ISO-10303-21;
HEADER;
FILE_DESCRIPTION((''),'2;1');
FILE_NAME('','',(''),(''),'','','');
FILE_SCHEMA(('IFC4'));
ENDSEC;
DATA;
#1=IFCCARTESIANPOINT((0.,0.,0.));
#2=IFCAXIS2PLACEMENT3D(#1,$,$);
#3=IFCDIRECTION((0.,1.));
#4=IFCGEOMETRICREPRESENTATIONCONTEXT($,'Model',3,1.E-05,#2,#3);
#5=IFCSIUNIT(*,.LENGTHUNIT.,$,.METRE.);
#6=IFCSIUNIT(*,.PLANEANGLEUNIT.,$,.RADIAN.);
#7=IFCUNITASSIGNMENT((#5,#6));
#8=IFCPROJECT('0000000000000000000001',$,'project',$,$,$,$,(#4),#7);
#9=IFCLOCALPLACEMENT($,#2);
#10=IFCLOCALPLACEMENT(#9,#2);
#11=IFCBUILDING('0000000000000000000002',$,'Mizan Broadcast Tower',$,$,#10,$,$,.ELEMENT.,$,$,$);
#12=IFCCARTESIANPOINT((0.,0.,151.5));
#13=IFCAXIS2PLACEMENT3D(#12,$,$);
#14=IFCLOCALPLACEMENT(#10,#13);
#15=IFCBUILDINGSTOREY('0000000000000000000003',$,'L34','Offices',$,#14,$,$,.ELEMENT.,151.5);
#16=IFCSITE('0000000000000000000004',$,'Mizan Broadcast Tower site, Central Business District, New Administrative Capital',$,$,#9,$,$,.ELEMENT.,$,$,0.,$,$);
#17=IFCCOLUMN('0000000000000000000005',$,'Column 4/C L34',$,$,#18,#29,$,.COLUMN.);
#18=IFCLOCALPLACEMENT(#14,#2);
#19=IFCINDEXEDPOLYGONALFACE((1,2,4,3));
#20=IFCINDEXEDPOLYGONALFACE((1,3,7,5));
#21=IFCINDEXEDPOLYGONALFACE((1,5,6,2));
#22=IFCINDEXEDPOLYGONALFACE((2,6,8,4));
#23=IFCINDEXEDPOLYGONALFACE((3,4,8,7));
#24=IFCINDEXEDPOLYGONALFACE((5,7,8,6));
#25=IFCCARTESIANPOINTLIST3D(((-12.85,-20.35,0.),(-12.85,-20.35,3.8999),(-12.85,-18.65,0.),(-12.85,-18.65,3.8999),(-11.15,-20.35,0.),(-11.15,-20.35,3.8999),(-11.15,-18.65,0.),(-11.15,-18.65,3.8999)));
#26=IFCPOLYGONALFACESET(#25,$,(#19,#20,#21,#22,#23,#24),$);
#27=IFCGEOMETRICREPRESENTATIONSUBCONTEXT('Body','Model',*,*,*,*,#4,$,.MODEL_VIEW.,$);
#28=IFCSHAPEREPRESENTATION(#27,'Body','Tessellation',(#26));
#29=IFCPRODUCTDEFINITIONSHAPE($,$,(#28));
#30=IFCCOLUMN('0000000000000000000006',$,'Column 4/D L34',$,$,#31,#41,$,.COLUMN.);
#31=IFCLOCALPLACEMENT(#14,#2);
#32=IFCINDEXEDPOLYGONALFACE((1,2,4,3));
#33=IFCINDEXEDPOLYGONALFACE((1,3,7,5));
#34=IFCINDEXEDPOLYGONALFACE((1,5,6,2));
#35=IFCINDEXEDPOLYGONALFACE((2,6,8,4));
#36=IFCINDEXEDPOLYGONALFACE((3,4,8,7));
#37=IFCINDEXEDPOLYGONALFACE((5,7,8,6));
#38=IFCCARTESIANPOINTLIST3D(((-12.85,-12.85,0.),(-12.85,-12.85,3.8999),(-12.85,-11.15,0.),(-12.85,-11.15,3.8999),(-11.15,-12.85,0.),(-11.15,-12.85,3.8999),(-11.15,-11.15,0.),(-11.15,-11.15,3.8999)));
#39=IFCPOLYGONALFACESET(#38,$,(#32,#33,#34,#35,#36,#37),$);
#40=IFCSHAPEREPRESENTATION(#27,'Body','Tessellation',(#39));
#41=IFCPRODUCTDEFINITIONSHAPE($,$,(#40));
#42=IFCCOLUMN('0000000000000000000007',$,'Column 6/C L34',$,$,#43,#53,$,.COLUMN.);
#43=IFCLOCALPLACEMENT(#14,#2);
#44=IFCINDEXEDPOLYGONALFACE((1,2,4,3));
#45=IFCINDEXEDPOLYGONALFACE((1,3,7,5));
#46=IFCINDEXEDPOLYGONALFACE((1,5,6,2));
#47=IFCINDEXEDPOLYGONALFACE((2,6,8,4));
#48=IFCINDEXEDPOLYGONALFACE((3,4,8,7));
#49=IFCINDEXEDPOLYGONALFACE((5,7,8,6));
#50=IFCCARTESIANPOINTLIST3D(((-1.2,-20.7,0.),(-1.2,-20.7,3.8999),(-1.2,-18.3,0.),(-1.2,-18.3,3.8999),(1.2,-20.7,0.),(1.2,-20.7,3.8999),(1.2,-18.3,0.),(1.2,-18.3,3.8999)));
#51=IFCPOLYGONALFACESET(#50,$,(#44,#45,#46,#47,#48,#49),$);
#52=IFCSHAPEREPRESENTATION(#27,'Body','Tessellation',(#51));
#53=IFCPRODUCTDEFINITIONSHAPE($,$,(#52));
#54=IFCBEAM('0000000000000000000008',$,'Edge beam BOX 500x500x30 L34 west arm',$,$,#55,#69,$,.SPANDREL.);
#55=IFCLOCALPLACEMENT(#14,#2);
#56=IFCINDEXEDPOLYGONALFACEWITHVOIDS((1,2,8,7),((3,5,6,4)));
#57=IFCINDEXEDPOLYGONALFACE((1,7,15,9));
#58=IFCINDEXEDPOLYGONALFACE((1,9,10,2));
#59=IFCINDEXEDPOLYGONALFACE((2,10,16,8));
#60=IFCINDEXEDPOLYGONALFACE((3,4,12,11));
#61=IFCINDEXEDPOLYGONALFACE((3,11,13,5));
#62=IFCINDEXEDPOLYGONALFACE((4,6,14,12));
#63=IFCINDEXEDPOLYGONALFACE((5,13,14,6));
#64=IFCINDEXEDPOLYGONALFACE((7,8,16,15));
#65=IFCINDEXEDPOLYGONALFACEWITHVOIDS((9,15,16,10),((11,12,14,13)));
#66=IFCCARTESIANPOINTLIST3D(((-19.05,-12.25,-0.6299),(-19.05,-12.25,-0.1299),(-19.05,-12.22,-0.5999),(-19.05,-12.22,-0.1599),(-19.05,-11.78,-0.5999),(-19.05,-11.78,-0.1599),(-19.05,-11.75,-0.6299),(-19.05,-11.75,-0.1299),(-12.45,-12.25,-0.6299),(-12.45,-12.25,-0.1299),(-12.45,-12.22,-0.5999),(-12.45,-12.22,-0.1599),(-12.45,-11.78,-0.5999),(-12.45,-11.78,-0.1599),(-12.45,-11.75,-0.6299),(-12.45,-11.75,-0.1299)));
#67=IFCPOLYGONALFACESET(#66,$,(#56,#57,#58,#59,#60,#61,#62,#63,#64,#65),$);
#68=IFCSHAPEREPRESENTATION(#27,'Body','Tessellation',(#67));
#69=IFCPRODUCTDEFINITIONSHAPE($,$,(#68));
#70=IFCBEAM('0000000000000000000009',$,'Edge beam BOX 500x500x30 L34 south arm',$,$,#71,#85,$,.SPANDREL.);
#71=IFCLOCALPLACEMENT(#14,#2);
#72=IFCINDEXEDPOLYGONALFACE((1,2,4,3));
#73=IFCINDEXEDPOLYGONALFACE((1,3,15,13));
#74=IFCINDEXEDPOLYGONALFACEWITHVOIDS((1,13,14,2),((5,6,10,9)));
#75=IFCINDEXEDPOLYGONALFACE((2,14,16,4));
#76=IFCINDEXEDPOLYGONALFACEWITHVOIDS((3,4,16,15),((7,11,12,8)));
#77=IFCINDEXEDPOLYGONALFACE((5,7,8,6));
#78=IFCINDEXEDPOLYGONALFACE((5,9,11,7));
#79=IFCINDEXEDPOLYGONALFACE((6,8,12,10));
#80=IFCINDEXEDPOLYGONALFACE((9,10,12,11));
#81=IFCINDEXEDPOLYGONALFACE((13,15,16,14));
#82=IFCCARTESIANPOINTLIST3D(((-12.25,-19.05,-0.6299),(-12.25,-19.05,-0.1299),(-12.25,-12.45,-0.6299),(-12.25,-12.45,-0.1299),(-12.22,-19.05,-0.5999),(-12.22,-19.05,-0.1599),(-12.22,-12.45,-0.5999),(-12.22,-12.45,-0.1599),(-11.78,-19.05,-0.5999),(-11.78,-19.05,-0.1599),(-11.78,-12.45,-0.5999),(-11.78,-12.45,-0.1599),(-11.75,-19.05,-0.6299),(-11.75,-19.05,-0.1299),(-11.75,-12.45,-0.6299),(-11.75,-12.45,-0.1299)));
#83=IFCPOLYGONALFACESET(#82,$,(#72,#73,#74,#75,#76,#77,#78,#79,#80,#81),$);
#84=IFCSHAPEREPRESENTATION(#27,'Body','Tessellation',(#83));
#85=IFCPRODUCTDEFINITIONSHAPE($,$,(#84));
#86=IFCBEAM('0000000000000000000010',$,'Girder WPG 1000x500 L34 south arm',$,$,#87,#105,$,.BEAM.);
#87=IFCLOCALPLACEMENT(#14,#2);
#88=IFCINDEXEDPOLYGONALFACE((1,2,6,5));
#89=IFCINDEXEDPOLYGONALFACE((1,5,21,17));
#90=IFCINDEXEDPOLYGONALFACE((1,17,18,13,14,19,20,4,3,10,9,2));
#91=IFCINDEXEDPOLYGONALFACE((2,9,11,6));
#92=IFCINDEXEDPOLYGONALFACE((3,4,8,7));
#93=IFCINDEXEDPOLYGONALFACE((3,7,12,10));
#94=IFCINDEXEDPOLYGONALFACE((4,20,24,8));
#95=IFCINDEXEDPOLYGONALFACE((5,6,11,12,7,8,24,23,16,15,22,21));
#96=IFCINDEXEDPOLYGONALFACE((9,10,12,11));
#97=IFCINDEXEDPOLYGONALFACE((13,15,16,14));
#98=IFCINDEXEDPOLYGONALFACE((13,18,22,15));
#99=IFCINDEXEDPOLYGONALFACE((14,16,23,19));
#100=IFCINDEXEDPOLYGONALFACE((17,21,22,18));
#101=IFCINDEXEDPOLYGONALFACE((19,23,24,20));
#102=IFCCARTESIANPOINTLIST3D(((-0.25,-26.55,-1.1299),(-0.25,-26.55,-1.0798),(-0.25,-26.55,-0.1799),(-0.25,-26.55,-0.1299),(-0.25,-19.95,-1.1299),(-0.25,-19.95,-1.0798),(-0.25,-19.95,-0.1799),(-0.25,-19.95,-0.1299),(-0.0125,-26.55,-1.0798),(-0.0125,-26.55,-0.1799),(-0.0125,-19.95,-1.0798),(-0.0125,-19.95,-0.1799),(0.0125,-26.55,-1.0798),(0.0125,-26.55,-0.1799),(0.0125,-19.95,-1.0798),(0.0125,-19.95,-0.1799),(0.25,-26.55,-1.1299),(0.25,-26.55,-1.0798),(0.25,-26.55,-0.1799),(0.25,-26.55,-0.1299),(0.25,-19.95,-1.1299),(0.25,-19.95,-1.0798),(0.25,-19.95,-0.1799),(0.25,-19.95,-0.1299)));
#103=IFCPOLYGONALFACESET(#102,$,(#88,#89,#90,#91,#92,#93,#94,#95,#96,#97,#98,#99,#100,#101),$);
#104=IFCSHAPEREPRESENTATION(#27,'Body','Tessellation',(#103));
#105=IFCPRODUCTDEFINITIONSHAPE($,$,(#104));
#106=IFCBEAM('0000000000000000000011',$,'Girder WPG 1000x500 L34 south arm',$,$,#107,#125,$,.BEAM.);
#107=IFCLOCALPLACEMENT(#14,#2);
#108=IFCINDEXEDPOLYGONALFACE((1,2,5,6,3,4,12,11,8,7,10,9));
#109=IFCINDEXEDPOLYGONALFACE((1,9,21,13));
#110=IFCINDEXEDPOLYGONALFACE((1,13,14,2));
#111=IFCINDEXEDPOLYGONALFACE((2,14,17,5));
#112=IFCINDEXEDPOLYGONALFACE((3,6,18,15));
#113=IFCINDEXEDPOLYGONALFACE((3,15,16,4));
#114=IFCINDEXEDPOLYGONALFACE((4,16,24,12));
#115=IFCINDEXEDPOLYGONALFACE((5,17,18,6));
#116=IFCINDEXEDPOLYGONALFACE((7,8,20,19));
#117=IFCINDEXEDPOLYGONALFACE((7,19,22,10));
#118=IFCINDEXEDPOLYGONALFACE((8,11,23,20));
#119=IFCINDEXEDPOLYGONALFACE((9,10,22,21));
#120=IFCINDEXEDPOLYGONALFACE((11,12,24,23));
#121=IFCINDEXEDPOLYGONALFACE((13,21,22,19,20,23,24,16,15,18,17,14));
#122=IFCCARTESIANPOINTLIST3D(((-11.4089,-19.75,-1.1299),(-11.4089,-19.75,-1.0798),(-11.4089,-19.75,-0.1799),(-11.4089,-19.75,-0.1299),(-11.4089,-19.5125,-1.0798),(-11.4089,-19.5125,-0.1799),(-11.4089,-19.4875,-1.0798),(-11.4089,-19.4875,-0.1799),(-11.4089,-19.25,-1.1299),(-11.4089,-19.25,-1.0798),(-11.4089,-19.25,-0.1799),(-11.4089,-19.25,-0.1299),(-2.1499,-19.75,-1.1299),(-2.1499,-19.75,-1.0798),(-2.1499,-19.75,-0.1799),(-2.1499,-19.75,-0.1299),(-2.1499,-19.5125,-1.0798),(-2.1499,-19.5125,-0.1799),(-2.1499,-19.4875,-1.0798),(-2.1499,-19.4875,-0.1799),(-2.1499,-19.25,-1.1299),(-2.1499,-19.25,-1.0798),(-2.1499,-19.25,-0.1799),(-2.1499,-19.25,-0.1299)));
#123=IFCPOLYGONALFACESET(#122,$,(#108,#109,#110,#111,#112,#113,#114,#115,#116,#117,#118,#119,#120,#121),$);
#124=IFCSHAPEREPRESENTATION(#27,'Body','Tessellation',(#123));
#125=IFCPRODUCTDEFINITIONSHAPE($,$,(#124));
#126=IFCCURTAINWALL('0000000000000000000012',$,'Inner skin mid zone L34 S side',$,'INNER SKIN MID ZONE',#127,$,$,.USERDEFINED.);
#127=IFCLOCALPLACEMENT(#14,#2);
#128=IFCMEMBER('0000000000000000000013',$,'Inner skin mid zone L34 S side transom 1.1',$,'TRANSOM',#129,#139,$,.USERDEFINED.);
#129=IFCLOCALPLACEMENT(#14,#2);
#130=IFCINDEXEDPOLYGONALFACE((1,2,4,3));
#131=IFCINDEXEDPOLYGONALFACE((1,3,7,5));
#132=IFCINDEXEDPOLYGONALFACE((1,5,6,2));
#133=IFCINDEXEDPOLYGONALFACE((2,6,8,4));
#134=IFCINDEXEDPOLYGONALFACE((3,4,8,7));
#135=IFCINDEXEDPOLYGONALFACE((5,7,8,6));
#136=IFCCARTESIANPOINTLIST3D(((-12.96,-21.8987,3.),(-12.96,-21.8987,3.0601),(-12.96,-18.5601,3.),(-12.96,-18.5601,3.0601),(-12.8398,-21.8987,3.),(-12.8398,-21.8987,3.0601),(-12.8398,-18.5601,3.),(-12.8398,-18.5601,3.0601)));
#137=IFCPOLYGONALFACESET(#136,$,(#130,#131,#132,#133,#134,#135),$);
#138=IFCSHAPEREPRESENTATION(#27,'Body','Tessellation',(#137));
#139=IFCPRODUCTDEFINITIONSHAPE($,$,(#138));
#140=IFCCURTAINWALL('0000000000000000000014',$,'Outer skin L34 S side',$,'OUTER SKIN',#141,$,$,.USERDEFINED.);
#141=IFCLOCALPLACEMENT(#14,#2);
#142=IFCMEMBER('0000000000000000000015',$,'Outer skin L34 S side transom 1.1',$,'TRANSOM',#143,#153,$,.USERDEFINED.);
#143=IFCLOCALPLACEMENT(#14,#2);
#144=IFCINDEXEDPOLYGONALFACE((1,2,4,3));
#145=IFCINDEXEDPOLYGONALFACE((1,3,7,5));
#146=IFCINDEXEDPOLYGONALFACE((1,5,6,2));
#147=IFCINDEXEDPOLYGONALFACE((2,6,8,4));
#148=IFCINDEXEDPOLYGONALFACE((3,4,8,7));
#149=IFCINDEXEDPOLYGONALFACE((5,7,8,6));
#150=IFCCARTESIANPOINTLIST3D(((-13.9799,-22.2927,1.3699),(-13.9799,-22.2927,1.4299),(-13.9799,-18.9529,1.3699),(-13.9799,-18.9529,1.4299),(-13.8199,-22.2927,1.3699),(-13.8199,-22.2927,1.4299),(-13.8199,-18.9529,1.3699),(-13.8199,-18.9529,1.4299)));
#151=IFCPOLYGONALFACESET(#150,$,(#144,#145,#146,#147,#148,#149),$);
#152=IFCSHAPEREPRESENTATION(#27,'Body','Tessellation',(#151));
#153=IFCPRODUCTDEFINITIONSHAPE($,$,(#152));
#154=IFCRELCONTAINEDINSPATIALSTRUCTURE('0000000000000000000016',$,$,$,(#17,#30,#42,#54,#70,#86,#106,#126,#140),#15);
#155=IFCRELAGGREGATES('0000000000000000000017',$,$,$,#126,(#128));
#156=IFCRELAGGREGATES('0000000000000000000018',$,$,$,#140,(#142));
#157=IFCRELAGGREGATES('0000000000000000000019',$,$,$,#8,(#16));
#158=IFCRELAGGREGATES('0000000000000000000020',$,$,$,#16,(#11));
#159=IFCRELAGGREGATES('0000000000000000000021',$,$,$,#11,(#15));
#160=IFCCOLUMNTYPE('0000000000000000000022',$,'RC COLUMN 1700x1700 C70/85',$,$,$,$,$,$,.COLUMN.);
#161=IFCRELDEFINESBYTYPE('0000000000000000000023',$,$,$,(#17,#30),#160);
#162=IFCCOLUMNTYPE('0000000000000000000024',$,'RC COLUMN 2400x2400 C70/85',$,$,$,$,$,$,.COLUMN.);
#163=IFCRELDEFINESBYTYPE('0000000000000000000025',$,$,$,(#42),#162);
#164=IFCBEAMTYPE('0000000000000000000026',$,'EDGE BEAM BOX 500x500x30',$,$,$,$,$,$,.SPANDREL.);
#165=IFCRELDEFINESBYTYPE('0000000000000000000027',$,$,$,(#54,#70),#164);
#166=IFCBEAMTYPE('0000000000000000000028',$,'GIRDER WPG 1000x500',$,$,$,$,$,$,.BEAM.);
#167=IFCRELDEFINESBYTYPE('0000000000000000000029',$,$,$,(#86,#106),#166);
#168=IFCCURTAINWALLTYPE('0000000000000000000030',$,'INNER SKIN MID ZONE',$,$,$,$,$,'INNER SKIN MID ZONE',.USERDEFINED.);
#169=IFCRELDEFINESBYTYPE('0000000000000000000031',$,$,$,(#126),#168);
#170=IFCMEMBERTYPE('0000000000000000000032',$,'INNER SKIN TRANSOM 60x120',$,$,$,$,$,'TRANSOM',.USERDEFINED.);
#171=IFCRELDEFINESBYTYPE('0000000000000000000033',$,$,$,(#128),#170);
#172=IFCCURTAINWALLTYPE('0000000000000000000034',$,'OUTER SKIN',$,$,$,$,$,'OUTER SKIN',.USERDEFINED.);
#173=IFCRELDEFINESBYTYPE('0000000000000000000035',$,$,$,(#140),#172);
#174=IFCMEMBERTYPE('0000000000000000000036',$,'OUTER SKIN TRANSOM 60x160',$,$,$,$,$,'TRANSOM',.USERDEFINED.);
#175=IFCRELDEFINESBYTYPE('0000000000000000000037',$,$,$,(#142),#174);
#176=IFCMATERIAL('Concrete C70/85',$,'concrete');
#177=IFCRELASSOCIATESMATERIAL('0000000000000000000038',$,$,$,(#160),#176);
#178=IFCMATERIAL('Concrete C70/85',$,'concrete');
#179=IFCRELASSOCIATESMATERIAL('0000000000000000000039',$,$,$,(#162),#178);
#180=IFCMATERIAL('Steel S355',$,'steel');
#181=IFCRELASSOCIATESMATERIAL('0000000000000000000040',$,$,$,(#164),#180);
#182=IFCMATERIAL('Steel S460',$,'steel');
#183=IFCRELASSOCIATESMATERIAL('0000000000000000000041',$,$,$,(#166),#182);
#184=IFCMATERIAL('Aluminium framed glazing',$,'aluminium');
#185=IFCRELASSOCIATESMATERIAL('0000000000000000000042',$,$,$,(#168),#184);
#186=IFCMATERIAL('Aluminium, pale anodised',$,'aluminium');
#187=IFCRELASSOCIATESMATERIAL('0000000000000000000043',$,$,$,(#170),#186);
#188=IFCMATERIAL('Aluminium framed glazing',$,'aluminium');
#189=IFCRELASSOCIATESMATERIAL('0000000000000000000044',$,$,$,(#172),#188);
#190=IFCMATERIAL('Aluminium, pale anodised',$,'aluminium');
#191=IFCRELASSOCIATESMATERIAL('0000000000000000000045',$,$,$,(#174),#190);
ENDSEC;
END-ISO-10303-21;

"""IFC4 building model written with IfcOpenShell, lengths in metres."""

from ifc_helpers import new_model, si_unit, direction, frame, origin, origin_2d, place, context, subcontext, project, spatial, rectangle, hollow_rectangle, i_section, extrude, material, material_profile, profile_set, type_object, element, aggregate, save


model = new_model("IFC4")

# Units and contexts
model_context = context("Model", 3, precision=1e-05, world=origin(), true_north=direction((0.0, 1.0)))
body_context = subcontext(model_context, "Body", "Model", "MODEL_VIEW")
ifc_project = project(units=[si_unit("LENGTHUNIT", "METRE"), si_unit("PLANEANGLEUNIT", "RADIAN")], contexts=[model_context])

# Site, building, storey
site_placement = place(None, origin())
site = spatial("IfcSite", under=ifc_project, at=site_placement, Name="Mizan Broadcast Tower site, Central Business District, New Administrative Capital", CompositionType="ELEMENT", RefElevation=0.0)
building_placement = place(site_placement, origin())
building = spatial("IfcBuilding", under=site, at=building_placement, Name="Mizan Broadcast Tower", CompositionType="ELEMENT")
storey_placement = place(building_placement, frame((0.0, 0.0, 151.5)))
storey = spatial("IfcBuildingStorey", under=building, at=storey_placement, Name="L34", Description="Offices", CompositionType="ELEMENT", Elevation=151.5)

# Columns
ifc_material_1 = material(Name="Concrete C70/85", Category="concrete")
ifc_material_profile_1 = material_profile(ifc_material_1, rectangle(XDim=1.7, YDim=1.7, at=origin_2d()), Name="RC 1700x1700")
ifc_profile_set_1 = profile_set([ifc_material_profile_1], Name="Concrete C70/85")
column_type_1 = type_object("IfcColumnType", Name="RC COLUMN 1700x1700 C70/85", PredefinedType="COLUMN", material=ifc_profile_set_1)
for number, where, z_axis, x_axis, name in (
    (1, (-12.0, -19.5, 0.0), (0.0, 0.0, 1.0), (1.0, 0.0, 0.0), "Column 4/C L34"),
    (2, (-12.0, -12.0, 0.0), (0.0, 0.0, 1.0), (1.0, 0.0, 0.0), "Column 4/D L34"),
):
    element("IfcColumn", number, at=place(storey_placement, frame(where, z_axis=z_axis, x_axis=x_axis)), inside=storey, type_object=column_type_1, Name=name, PredefinedType="COLUMN", context=body_context, shape_type="SweptSolid", body=[
        extrude(rectangle(XDim=1.7, YDim=1.7, at=origin_2d()), origin(), (0.0, 0.0, 1.0), 3.8999),
    ])
ifc_material_2 = material(Name="Concrete C70/85", Category="concrete")
ifc_material_profile_2 = material_profile(ifc_material_2, rectangle(XDim=2.3999, YDim=2.3999, at=origin_2d()), Name="RC 2400x2400")
ifc_profile_set_2 = profile_set([ifc_material_profile_2], Name="Concrete C70/85")
column_type_2 = type_object("IfcColumnType", Name="RC COLUMN 2400x2400 C70/85", PredefinedType="COLUMN", material=ifc_profile_set_2)
column_placement = place(storey_placement, frame((0.0, -19.5, 0.0), z_axis=(0.0, 0.0, 1.0), x_axis=(1.0, 0.0, 0.0)))
element("IfcColumn", 3, at=column_placement, inside=storey, type_object=column_type_2, Name="Column 6/C L34", PredefinedType="COLUMN", context=body_context, shape_type="SweptSolid", body=[
    extrude(rectangle(XDim=2.3999, YDim=2.3999, at=origin_2d()), origin(), (0.0, 0.0, 1.0), 3.8999),
])

# Beams
ifc_material_3 = material(Name="Steel S355", Category="steel")
ifc_material_profile_3 = material_profile(ifc_material_3, hollow_rectangle(XDim=0.5, YDim=0.5, WallThickness=0.03, at=origin_2d()), Name="BOX 500x500x30")
ifc_profile_set_3 = profile_set([ifc_material_profile_3], Name="Steel S355")
beam_type_1 = type_object("IfcBeamType", Name="EDGE BEAM BOX 500x500x30", PredefinedType="SPANDREL", material=ifc_profile_set_3)
for number, where, z_axis, x_axis, name in (
    (4, (-12.45, -12.0, -0.3799), (-1.0, 0.0, 0.0), (0.0, -1.0, 0.0), "Edge beam BOX 500x500x30 L34 west arm"),
    (5, (-12.0, -12.45, -0.3799), (0.0, -1.0, 0.0), (1.0, 0.0, 0.0), "Edge beam BOX 500x500x30 L34 south arm"),
):
    element("IfcBeam", number, at=place(storey_placement, frame(where, z_axis=z_axis, x_axis=x_axis)), inside=storey, type_object=beam_type_1, Name=name, PredefinedType="SPANDREL", context=body_context, shape_type="SweptSolid", body=[
        extrude(hollow_rectangle(XDim=0.5, YDim=0.5, WallThickness=0.03, at=origin_2d()), origin(), (0.0, 0.0, 1.0), 6.6001),
    ])
ifc_material_4 = material(Name="Steel S460", Category="steel")
ifc_material_profile_4 = material_profile(ifc_material_4, i_section(OverallWidth=0.5, OverallDepth=1.0, WebThickness=0.0249, FlangeThickness=0.05, at=origin_2d()), Name="WPG 1000x500")
ifc_profile_set_4 = profile_set([ifc_material_profile_4], Name="Steel S460")
beam_type_2 = type_object("IfcBeamType", Name="GIRDER WPG 1000x500", PredefinedType="BEAM", material=ifc_profile_set_4)
beam_1_placement = place(storey_placement, frame((0.0, -19.95, -0.6299), z_axis=(0.0, -1.0, 0.0), x_axis=(1.0, 0.0, 0.0)))
element("IfcBeam", 6, at=beam_1_placement, inside=storey, type_object=beam_type_2, Name="Girder WPG 1000x500 L34 south arm", PredefinedType="BEAM", context=body_context, shape_type="SweptSolid", body=[
    extrude(i_section(OverallWidth=0.5, OverallDepth=1.0, WebThickness=0.0249, FlangeThickness=0.05, at=origin_2d()), origin(), (0.0, 0.0, 1.0), 6.6001),
])
beam_2_placement = place(storey_placement, frame((-11.4089, -19.5, -0.6299), z_axis=(1.0, 0.0, 0.0), x_axis=(0.0, 1.0, 0.0)))
element("IfcBeam", 7, at=beam_2_placement, inside=storey, type_object=beam_type_2, Name="Girder WPG 1000x500 L34 south arm", PredefinedType="BEAM", context=body_context, shape_type="SweptSolid", body=[
    extrude(i_section(OverallWidth=0.5, OverallDepth=1.0, WebThickness=0.0249, FlangeThickness=0.05, at=origin_2d()), origin(), (0.0, 0.0, 1.0), 9.259),
])

# Curtain walls, members
ifc_material_5 = material(Name="Aluminium framed glazing", Category="aluminium")
curtain_wall_type_1 = type_object("IfcCurtainWallType", Name="INNER SKIN MID ZONE", ElementType="INNER SKIN MID ZONE", PredefinedType="USERDEFINED", material=ifc_material_5)
curtain_wall_1_placement = place(storey_placement, origin())
curtain_wall_1 = element("IfcCurtainWall", 8, at=curtain_wall_1_placement, inside=storey, type_object=curtain_wall_type_1, Name="Inner skin mid zone L34 S side", ObjectType="INNER SKIN MID ZONE", PredefinedType="USERDEFINED")
ifc_material_6 = material(Name="Aluminium, pale anodised", Category="aluminium")
ifc_material_profile_5 = material_profile(ifc_material_6, rectangle(XDim=0.1201, YDim=0.0601, at=origin_2d()), Name="TRANSOM 120x60")
ifc_profile_set_5 = profile_set([ifc_material_profile_5], Name="Aluminium, pale anodised")
member_type_1 = type_object("IfcMemberType", Name="INNER SKIN TRANSOM 60x120", ElementType="TRANSOM", PredefinedType="USERDEFINED", material=ifc_profile_set_5)
member_1_placement = place(storey_placement, frame((-12.8999, -18.5601, 3.03), z_axis=(0.0, -1.0, 0.0), x_axis=(1.0, 0.0, 0.0)))
member_1 = element("IfcMember", 9, at=member_1_placement, type_object=member_type_1, Name="Inner skin mid zone L34 S side transom 1.1", ObjectType="TRANSOM", PredefinedType="USERDEFINED", context=body_context, shape_type="SweptSolid", body=[
    extrude(rectangle(XDim=0.1201, YDim=0.0601, at=origin_2d()), origin(), (0.0, 0.0, 1.0), 3.3386),
])
aggregate(curtain_wall_1, [member_1])
ifc_material_7 = material(Name="Aluminium framed glazing", Category="aluminium")
curtain_wall_type_2 = type_object("IfcCurtainWallType", Name="OUTER SKIN", ElementType="OUTER SKIN", PredefinedType="USERDEFINED", material=ifc_material_7)
curtain_wall_2_placement = place(storey_placement, origin())
curtain_wall_2 = element("IfcCurtainWall", 10, at=curtain_wall_2_placement, inside=storey, type_object=curtain_wall_type_2, Name="Outer skin L34 S side", ObjectType="OUTER SKIN", PredefinedType="USERDEFINED")
ifc_material_8 = material(Name="Aluminium, pale anodised", Category="aluminium")
ifc_material_profile_6 = material_profile(ifc_material_8, rectangle(XDim=0.1599, YDim=0.0601, at=origin_2d()), Name="TRANSOM 160x60")
ifc_profile_set_6 = profile_set([ifc_material_profile_6], Name="Aluminium, pale anodised")
member_type_2 = type_object("IfcMemberType", Name="OUTER SKIN TRANSOM 60x160", ElementType="TRANSOM", PredefinedType="USERDEFINED", material=ifc_profile_set_6)
member_2_placement = place(storey_placement, frame((-13.8999, -18.9529, 1.3999), z_axis=(0.0, -1.0, 0.0), x_axis=(1.0, 0.0, 0.0)))
member_2 = element("IfcMember", 11, at=member_2_placement, type_object=member_type_2, Name="Outer skin L34 S side transom 1.1", ObjectType="TRANSOM", PredefinedType="USERDEFINED", context=body_context, shape_type="SweptSolid", body=[
    extrude(rectangle(XDim=0.1599, YDim=0.0601, at=origin_2d()), origin(), (0.0, 0.0, 1.0), 3.3398),
])
aggregate(curtain_wall_2, [member_2])

save(model, "model.ifc")
